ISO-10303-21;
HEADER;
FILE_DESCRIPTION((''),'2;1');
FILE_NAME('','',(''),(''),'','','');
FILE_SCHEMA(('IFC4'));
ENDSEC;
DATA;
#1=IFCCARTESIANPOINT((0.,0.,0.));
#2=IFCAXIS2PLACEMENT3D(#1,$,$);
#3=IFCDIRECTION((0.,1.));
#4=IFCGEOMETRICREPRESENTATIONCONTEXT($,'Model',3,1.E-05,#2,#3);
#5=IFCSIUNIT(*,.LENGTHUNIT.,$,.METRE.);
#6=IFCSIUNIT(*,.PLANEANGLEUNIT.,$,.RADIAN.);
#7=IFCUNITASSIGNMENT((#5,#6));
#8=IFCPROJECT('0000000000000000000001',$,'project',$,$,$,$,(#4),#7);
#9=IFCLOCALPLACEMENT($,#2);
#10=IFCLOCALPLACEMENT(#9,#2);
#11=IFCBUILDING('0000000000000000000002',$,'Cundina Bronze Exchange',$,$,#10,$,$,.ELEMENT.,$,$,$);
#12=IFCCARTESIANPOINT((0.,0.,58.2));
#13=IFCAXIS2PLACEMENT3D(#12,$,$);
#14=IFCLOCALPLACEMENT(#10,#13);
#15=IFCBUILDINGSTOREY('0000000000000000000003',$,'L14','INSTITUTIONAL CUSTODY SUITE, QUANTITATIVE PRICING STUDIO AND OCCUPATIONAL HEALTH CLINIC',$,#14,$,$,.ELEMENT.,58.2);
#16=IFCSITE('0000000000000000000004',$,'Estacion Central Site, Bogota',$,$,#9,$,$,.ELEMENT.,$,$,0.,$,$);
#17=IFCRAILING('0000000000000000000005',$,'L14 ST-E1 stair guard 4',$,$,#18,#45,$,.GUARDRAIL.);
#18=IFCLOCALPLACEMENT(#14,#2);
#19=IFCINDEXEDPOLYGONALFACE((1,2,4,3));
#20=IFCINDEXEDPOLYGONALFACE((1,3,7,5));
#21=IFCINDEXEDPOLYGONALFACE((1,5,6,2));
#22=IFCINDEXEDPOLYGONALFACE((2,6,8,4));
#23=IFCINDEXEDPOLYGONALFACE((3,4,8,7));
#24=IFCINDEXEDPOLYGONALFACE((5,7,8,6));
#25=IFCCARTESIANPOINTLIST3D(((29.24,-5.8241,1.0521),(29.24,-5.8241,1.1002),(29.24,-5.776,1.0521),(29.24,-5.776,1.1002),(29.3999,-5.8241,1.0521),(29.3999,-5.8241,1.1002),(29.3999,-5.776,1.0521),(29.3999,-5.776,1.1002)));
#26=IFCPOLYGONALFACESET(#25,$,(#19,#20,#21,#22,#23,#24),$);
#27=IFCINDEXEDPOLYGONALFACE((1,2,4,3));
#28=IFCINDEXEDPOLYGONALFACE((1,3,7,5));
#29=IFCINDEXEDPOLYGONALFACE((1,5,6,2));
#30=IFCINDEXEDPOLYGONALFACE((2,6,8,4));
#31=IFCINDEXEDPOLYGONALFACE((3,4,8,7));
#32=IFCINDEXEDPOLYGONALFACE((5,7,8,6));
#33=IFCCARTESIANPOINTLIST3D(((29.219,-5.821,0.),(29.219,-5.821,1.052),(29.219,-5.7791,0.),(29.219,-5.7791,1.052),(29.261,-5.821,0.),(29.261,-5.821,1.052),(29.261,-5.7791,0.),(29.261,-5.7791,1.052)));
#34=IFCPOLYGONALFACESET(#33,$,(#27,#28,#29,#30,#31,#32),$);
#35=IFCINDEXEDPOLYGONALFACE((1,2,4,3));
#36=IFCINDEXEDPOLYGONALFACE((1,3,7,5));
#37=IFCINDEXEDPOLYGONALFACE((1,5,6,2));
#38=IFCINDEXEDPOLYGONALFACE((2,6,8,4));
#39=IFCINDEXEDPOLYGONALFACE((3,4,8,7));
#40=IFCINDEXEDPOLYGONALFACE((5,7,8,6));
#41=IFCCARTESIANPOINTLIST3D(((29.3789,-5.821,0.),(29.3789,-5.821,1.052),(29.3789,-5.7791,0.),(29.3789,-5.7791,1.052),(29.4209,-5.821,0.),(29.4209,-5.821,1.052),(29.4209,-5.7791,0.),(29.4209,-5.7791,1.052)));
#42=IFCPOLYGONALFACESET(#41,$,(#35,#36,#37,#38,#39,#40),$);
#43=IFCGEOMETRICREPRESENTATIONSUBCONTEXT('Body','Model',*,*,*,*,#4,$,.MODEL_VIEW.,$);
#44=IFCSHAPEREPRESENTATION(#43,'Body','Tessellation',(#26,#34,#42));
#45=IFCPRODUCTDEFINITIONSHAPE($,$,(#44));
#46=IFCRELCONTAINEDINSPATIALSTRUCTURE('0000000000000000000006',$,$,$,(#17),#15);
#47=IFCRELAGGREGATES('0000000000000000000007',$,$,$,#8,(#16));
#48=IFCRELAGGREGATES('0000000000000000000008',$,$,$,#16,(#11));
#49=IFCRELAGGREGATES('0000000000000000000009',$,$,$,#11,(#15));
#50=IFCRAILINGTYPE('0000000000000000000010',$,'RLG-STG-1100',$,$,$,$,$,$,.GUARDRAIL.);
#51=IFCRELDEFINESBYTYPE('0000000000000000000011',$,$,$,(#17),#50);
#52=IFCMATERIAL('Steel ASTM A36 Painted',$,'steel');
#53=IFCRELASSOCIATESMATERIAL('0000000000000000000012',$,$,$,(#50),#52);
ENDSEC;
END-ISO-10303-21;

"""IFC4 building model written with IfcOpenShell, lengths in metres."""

from ifc_helpers import new_model, si_unit, direction, frame, origin, origin_2d, place, context, subcontext, project, spatial, rectangle, extrude, material, type_object, element, save


model = new_model("IFC4")

# Units and contexts
model_context = context("Model", 3, precision=1e-05, world=origin(), true_north=direction((0.0, 1.0)))
body_context = subcontext(model_context, "Body", "Model", "MODEL_VIEW")
ifc_project = project(units=[si_unit("LENGTHUNIT", "METRE"), si_unit("PLANEANGLEUNIT", "RADIAN")], contexts=[model_context])

# Site, building, storey
site_placement = place(None, origin())
site = spatial("IfcSite", under=ifc_project, at=site_placement, Name="Estacion Central Site, Bogota", CompositionType="ELEMENT", RefElevation=0.0)
building_placement = place(site_placement, origin())
building = spatial("IfcBuilding", under=site, at=building_placement, Name="Cundina Bronze Exchange", CompositionType="ELEMENT")
storey_placement = place(building_placement, frame((0.0, 0.0, 58.2)))
storey = spatial("IfcBuildingStorey", under=building, at=storey_placement, Name="L14", Description="INSTITUTIONAL CUSTODY SUITE, QUANTITATIVE PRICING STUDIO AND OCCUPATIONAL HEALTH CLINIC", CompositionType="ELEMENT", Elevation=58.2)

# Railing
ifc_material_1 = material(Name="Steel ASTM A36 Painted", Category="steel")
railing_type_1 = type_object("IfcRailingType", Name="RLG-STG-1100", PredefinedType="GUARDRAIL", material=ifc_material_1)
railing_1_placement = place(storey_placement, frame((29.24, -5.8, 0.0)))
element("IfcRailing", 1, at=railing_1_placement, inside=storey, type_object=railing_type_1, Name="L14 ST-E1 stair guard 4", PredefinedType="GUARDRAIL", context=body_context, shape_type="SweptSolid", body=[
    extrude(rectangle(XDim=0.0481, YDim=0.0481, at=origin_2d()), frame((0.0, 0.0, 1.0762), z_axis=(1.0, 0.0, 0.0), x_axis=(0.0, 1.0, 0.0)), (0.0, 0.0, 1.0), 0.1599),
    extrude(rectangle(XDim=0.042, YDim=0.042, at=origin_2d()), origin(), (0.0, 0.0, 1.0), 1.052),
    extrude(rectangle(XDim=0.042, YDim=0.042, at=origin_2d()), frame((0.1599, 0.0, 0.0)), (0.0, 0.0, 1.0), 1.052),
])

save(model, "model.ifc")
